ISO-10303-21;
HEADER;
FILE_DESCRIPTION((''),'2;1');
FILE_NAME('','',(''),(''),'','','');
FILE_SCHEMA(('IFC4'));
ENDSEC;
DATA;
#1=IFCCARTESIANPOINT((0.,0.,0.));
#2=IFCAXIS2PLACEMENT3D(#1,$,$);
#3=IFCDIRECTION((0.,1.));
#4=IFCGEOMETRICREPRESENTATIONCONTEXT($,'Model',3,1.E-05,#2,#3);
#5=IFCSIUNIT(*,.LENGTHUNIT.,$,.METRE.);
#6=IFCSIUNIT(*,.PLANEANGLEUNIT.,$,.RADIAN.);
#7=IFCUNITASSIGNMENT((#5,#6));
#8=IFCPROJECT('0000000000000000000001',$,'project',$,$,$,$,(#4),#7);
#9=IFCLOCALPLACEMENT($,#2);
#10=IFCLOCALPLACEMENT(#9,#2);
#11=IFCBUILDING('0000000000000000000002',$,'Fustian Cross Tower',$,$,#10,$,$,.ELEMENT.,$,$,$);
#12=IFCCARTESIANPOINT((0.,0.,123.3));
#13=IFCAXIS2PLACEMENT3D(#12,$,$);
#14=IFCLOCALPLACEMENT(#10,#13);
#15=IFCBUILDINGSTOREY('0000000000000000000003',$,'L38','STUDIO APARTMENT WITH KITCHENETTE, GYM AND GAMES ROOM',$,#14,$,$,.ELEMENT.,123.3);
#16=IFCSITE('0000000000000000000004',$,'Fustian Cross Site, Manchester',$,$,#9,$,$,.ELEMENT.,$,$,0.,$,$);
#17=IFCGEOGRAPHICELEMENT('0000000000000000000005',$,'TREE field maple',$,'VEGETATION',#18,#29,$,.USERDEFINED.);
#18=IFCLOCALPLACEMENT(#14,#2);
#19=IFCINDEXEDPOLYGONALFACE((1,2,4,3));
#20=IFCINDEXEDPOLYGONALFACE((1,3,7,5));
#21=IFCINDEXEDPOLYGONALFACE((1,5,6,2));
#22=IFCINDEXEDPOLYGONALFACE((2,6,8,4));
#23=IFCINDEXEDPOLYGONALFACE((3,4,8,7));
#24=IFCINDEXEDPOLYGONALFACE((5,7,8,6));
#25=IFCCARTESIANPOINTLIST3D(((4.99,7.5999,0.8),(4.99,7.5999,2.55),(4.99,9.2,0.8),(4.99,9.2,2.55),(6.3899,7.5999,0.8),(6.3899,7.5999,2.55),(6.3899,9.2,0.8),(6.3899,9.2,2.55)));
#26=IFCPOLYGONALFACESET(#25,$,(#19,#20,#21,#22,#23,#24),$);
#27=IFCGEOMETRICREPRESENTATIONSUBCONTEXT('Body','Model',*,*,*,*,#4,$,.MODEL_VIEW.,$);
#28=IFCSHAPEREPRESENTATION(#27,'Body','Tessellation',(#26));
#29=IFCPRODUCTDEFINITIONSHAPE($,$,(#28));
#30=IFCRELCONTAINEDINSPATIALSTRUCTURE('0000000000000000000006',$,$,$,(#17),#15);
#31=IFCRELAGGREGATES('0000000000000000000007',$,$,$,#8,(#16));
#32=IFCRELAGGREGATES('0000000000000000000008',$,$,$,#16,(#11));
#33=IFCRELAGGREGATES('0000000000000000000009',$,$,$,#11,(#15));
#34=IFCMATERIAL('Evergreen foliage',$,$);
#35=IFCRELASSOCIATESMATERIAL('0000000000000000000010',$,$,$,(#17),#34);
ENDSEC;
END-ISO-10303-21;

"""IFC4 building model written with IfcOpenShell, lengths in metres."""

from ifc_helpers import new_model, si_unit, direction, frame, origin, origin_2d, place, context, subcontext, project, spatial, rectangle, extrude, material, element, save


model = new_model("IFC4")

# Units and contexts
model_context = context("Model", 3, precision=1e-05, world=origin(), true_north=direction((0.0, 1.0)))
body_context = subcontext(model_context, "Body", "Model", "MODEL_VIEW")
ifc_project = project(units=[si_unit("LENGTHUNIT", "METRE"), si_unit("PLANEANGLEUNIT", "RADIAN")], contexts=[model_context])

# Site, building, storey
site_placement = place(None, origin())
site = spatial("IfcSite", under=ifc_project, at=site_placement, Name="Fustian Cross Site, Manchester", CompositionType="ELEMENT", RefElevation=0.0)
building_placement = place(site_placement, origin())
building = spatial("IfcBuilding", under=site, at=building_placement, Name="Fustian Cross Tower", CompositionType="ELEMENT")
storey_placement = place(building_placement, frame((0.0, 0.0, 123.3)))
storey = spatial("IfcBuildingStorey", under=building, at=storey_placement, Name="L38", Description="STUDIO APARTMENT WITH KITCHENETTE, GYM AND GAMES ROOM", CompositionType="ELEMENT", Elevation=123.3)

# Geographic element
ifc_material_1 = material(Name="Evergreen foliage")
geographic_element_placement = place(storey_placement, frame((5.6899, 8.3999, 0.8), z_axis=(0.0, 0.0, 1.0), x_axis=(1.0, 0.0, 0.0)))
element("IfcGeographicElement", 1, at=geographic_element_placement, inside=storey, material=ifc_material_1, Name="TREE field maple", ObjectType="VEGETATION", PredefinedType="USERDEFINED", context=body_context, shape_type="SweptSolid", body=[
    extrude(rectangle(XDim=1.3999, YDim=1.6001, at=origin_2d()), origin(), (0.0, 0.0, 1.0), 1.75),
])

save(model, "model.ifc")
